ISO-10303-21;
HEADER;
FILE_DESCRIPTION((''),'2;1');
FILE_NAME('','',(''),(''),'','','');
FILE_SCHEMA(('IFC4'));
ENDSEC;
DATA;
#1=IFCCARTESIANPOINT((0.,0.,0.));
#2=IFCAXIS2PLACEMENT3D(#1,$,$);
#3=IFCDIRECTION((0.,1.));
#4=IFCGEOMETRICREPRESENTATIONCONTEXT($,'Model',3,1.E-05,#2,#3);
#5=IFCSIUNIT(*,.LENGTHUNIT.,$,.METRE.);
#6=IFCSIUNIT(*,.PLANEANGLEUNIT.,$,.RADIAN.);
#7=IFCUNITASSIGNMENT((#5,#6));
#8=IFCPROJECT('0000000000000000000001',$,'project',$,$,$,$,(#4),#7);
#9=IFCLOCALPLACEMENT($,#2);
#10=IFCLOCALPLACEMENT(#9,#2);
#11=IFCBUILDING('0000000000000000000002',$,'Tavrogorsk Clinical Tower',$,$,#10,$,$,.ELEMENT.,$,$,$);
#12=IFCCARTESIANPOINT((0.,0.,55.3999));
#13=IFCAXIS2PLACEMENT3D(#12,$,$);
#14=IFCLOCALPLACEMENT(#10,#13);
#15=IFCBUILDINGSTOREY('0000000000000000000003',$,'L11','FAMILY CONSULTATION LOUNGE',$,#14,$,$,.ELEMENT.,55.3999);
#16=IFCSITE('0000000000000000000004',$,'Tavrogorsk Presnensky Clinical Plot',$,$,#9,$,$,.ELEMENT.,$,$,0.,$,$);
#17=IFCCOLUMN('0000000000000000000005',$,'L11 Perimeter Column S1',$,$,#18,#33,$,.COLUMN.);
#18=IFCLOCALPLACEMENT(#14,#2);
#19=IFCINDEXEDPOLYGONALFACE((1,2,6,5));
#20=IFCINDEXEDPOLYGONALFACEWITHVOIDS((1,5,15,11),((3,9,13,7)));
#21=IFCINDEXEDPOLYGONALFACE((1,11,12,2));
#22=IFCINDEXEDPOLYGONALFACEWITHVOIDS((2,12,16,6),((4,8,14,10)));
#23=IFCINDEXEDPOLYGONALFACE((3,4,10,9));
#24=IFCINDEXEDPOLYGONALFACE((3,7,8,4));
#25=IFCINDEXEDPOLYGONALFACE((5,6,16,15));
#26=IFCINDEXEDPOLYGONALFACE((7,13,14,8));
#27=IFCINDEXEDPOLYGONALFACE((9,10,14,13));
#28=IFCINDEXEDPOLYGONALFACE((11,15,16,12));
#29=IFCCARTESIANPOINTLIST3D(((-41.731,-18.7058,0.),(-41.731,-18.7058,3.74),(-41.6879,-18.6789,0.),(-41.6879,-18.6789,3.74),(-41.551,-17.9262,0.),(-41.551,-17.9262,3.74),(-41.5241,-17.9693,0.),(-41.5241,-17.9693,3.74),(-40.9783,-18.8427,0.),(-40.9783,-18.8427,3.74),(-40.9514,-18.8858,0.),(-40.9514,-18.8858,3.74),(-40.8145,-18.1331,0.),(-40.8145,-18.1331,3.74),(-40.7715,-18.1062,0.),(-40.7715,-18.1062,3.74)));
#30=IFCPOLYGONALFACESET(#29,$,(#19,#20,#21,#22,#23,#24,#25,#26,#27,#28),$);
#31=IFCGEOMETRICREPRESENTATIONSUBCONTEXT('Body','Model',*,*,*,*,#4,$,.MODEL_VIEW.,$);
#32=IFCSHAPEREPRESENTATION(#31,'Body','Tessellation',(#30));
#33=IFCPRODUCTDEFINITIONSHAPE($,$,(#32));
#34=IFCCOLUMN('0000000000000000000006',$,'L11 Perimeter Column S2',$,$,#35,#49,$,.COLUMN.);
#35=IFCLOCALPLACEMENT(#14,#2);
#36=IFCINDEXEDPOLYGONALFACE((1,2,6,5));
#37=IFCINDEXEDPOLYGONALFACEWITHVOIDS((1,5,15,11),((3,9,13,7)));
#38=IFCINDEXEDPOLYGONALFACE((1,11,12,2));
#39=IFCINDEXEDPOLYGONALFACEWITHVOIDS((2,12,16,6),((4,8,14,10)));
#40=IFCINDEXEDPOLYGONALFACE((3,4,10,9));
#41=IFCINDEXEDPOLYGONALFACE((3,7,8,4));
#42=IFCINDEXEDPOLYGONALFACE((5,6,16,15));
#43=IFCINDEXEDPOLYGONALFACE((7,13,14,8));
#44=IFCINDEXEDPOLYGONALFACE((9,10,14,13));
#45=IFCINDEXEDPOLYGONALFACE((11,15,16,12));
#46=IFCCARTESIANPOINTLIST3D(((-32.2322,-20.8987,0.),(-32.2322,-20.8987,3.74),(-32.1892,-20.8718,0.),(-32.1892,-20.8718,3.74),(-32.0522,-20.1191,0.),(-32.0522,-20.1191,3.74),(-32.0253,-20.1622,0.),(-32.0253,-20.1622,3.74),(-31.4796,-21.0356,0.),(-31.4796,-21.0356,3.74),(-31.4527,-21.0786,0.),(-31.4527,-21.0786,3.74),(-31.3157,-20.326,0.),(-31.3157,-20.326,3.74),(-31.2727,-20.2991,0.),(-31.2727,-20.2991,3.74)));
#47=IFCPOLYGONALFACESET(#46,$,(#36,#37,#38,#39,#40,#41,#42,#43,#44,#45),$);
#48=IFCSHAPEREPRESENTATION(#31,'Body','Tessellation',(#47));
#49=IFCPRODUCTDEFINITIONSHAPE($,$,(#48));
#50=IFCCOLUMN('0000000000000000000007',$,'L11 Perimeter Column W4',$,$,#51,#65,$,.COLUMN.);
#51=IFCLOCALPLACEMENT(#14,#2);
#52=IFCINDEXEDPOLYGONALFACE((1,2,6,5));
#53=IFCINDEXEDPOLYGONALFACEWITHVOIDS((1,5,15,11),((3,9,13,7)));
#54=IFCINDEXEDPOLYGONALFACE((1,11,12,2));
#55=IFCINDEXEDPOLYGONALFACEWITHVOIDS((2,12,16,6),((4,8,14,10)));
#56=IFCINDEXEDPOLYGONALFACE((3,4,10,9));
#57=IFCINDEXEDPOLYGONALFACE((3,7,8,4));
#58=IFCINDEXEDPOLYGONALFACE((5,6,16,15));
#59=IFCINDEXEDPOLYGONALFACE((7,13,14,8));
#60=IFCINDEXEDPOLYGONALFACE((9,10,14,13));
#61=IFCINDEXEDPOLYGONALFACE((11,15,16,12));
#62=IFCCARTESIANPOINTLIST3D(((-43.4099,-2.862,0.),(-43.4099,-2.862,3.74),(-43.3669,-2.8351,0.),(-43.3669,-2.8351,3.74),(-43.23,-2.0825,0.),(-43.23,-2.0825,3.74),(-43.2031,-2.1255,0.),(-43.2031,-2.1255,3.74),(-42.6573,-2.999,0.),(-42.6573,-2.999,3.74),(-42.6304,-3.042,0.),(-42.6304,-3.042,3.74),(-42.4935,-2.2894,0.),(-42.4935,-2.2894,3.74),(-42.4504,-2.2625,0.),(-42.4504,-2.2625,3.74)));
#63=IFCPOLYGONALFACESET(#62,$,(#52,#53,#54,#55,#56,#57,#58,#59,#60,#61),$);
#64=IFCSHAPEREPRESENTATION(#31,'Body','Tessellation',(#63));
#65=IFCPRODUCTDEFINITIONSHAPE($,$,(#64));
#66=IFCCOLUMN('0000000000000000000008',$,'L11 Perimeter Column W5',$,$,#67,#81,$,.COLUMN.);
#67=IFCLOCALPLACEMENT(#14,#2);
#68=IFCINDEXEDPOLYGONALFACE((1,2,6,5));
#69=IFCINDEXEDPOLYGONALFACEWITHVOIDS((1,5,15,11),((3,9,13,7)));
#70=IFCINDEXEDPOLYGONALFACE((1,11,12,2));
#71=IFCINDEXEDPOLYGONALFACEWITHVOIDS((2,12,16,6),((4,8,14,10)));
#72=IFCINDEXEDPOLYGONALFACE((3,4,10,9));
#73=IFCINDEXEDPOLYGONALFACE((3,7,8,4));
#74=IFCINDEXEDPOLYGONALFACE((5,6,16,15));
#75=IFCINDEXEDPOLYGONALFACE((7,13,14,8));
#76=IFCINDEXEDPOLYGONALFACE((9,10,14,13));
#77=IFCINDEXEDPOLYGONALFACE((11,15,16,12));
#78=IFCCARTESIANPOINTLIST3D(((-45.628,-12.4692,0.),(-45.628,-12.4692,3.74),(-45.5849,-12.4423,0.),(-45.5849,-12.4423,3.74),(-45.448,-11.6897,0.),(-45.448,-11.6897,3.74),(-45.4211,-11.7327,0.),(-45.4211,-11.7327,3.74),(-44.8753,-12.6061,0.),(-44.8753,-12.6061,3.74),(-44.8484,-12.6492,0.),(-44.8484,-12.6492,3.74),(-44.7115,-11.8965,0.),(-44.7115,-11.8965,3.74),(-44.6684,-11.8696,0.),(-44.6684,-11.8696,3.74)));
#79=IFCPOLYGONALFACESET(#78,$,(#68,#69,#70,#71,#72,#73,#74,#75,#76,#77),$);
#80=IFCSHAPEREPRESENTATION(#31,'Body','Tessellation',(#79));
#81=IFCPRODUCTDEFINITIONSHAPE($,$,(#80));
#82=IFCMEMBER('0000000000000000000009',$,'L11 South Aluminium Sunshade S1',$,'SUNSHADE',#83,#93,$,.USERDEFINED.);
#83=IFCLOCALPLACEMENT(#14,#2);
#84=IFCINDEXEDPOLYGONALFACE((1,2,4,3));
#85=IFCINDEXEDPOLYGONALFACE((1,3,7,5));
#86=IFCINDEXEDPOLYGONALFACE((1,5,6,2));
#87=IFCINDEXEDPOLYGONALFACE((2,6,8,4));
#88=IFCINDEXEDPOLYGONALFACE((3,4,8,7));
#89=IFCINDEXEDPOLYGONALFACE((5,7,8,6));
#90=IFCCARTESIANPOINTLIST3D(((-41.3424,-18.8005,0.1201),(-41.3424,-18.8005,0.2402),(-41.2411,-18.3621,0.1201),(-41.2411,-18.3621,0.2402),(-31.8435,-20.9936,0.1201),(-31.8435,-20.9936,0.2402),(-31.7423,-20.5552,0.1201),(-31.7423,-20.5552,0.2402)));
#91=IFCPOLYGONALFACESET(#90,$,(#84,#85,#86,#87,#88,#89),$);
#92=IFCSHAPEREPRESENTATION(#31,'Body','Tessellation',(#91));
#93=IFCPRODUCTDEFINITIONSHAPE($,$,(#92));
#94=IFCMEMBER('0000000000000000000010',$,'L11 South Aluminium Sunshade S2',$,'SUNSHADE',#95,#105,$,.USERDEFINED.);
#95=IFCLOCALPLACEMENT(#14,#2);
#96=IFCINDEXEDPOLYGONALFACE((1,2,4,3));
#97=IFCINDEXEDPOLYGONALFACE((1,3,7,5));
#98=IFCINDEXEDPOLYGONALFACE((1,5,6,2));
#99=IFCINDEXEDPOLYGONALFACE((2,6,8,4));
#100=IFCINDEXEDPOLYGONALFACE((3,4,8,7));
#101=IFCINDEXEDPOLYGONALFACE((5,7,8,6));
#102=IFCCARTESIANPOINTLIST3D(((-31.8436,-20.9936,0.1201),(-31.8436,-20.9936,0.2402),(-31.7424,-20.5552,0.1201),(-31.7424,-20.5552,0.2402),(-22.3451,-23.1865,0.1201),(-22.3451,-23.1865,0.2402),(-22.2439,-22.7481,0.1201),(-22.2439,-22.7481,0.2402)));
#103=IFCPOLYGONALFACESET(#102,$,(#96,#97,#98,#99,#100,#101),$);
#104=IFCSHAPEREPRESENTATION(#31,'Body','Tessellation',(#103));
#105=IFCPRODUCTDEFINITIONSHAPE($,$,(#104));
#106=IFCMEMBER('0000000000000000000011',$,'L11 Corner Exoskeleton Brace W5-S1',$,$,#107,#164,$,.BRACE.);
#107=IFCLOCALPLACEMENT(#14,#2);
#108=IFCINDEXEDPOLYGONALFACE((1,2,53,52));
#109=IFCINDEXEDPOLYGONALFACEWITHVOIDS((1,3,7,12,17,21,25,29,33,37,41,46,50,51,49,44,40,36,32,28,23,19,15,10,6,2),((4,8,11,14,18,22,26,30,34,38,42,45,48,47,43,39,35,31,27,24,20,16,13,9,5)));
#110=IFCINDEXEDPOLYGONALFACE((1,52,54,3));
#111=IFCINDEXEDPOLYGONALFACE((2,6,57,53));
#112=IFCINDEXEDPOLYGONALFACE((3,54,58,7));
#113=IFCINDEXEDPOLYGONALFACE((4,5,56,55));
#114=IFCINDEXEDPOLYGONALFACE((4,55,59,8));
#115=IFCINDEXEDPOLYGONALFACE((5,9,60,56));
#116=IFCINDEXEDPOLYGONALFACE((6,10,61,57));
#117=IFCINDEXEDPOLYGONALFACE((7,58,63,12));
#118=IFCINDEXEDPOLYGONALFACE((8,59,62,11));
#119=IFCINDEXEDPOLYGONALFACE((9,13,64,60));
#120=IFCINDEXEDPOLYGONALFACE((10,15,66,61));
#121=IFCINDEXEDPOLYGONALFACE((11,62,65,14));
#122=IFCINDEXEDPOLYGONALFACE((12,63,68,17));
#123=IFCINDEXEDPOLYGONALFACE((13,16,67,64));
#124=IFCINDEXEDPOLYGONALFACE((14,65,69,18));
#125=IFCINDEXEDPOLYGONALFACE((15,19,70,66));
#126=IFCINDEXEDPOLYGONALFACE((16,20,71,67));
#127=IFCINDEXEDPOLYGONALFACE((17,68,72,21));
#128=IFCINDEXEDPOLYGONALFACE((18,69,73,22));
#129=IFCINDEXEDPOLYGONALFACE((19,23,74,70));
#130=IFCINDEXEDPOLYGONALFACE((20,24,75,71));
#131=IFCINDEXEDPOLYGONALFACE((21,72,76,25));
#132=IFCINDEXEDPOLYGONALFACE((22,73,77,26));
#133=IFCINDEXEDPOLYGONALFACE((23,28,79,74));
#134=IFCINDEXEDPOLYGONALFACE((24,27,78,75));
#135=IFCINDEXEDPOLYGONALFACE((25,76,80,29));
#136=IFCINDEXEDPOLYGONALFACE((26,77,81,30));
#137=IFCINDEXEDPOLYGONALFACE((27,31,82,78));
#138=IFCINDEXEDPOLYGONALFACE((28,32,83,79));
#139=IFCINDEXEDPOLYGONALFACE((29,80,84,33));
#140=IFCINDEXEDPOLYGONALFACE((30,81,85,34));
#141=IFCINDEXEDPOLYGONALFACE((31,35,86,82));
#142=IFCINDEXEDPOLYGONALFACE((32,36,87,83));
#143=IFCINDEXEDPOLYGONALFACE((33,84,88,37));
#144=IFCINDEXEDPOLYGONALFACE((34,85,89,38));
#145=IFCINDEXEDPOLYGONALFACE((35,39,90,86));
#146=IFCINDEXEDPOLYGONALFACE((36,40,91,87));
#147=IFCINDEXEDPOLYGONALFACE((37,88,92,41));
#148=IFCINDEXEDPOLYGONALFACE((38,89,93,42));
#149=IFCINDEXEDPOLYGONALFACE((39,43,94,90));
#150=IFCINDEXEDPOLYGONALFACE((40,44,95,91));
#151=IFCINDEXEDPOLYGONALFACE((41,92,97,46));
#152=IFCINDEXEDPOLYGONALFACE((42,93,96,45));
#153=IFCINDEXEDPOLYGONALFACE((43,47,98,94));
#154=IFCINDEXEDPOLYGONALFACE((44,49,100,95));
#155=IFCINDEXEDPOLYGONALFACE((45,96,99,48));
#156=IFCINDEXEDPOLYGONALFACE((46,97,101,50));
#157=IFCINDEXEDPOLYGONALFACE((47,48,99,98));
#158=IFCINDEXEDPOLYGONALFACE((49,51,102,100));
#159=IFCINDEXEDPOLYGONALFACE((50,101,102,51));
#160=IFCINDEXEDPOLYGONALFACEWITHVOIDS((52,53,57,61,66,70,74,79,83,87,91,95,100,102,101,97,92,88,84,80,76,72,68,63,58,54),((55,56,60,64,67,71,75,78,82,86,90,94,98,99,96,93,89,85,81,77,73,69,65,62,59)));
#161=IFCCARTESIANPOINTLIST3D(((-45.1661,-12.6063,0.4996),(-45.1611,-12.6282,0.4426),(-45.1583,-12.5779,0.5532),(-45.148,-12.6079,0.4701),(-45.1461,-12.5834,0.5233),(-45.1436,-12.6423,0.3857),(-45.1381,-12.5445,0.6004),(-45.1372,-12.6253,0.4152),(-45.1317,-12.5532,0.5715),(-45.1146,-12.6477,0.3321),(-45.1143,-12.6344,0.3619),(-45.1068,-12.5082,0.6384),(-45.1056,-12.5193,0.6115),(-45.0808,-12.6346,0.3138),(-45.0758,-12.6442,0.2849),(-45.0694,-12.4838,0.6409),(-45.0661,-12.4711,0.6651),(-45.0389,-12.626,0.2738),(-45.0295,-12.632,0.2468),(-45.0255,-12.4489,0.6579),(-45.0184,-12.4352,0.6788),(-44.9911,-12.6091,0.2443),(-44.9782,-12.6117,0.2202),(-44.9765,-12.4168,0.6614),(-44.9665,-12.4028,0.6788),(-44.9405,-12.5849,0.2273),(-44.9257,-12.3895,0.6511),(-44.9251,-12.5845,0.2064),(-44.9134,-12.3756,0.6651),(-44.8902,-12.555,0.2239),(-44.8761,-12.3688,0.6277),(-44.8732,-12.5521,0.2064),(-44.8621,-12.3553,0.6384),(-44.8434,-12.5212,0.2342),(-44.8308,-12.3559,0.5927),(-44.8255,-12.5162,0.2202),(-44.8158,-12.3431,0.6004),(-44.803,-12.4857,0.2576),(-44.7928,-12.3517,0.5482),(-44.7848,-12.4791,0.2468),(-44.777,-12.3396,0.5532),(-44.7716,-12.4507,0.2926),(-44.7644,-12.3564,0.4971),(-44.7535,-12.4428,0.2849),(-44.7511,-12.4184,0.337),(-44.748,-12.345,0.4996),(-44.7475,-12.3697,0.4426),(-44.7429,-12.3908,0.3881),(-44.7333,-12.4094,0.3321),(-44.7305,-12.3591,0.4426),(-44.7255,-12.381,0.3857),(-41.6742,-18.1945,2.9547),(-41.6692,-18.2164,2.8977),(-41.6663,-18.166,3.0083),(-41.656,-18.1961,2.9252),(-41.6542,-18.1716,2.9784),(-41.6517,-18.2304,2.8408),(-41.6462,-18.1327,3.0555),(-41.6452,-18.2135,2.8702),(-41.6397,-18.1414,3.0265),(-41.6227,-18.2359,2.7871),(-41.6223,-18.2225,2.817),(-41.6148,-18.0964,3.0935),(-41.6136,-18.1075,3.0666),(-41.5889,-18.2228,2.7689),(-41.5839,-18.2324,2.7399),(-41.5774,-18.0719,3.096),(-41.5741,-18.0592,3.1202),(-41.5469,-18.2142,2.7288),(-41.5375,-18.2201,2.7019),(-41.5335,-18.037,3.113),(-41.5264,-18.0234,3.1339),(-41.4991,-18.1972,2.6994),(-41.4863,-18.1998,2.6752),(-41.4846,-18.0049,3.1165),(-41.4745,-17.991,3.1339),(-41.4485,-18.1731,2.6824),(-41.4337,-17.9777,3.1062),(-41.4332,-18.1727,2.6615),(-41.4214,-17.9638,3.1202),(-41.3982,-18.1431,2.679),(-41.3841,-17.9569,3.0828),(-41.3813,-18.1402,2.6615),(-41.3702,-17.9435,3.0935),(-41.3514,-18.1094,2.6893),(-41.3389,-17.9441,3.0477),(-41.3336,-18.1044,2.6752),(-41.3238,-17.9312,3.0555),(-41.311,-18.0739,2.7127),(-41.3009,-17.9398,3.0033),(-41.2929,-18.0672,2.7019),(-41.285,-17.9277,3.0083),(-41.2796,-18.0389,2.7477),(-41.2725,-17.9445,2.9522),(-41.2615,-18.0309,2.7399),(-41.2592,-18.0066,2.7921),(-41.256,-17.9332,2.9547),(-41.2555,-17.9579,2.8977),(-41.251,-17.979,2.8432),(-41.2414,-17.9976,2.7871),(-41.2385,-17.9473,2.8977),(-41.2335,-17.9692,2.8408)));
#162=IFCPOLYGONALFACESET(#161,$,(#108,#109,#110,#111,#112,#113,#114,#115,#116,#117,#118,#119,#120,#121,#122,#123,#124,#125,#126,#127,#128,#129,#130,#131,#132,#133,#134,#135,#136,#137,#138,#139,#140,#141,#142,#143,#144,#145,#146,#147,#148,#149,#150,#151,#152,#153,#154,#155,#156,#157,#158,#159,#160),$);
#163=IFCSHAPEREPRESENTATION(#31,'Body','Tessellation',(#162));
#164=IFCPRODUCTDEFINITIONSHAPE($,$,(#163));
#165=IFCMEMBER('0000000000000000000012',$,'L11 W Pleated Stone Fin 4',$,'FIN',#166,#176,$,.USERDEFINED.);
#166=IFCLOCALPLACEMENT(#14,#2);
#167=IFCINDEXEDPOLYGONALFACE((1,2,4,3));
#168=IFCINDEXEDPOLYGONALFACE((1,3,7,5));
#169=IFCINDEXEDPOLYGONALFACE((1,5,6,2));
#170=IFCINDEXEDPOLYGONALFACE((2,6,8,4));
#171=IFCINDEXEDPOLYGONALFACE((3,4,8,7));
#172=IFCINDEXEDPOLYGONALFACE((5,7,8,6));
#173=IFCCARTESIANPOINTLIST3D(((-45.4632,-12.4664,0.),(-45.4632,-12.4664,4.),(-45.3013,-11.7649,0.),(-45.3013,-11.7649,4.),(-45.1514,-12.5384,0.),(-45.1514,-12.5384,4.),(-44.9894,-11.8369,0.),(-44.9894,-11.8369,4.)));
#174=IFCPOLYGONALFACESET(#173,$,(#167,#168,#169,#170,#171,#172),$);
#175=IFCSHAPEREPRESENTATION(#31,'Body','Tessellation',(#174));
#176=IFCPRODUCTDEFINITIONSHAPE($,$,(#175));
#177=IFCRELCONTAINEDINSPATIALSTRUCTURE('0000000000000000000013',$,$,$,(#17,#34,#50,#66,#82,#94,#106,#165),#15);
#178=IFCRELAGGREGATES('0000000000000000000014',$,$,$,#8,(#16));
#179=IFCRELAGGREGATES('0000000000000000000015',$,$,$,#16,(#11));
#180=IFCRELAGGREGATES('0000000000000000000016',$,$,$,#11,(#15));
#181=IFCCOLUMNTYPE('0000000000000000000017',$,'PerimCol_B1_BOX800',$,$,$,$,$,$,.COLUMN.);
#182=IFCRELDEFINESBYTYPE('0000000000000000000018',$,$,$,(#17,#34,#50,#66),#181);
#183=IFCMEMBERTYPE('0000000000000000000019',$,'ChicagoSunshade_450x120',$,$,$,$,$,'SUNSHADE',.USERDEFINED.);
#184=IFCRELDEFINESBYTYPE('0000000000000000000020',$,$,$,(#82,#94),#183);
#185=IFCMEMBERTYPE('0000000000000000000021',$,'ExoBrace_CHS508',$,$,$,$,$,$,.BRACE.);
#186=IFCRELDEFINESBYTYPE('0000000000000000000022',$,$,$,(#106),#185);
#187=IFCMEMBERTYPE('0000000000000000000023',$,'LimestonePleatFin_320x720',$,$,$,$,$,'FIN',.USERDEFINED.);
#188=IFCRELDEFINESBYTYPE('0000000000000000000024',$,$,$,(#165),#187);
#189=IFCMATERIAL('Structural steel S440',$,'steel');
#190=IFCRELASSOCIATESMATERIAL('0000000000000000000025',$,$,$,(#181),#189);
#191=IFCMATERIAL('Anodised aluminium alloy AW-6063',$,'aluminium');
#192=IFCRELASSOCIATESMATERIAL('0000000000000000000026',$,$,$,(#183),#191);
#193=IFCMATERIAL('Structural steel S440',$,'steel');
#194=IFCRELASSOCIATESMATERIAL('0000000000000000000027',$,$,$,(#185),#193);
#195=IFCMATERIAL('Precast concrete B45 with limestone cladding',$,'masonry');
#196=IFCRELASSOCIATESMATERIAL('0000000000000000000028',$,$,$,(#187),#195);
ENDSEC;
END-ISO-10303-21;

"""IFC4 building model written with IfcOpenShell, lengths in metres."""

from ifc_helpers import new_model, si_unit, direction, frame, origin, origin_2d, place, context, subcontext, project, spatial, rectangle, hollow_rectangle, hollow_circle, extrude, material, material_profile, profile_set, type_object, element, save


model = new_model("IFC4")

# Units and contexts
model_context = context("Model", 3, precision=1e-05, world=origin(), true_north=direction((0.0, 1.0)))
body_context = subcontext(model_context, "Body", "Model", "MODEL_VIEW")
ifc_project = project(units=[si_unit("LENGTHUNIT", "METRE"), si_unit("PLANEANGLEUNIT", "RADIAN")], contexts=[model_context])

# Site, building, storey
site_placement = place(None, origin())
site = spatial("IfcSite", under=ifc_project, at=site_placement, Name="Tavrogorsk Presnensky Clinical Plot", CompositionType="ELEMENT", RefElevation=0.0)
building_placement = place(site_placement, origin())
building = spatial("IfcBuilding", under=site, at=building_placement, Name="Tavrogorsk Clinical Tower", CompositionType="ELEMENT")
storey_placement = place(building_placement, frame((0.0, 0.0, 55.3999)))
storey = spatial("IfcBuildingStorey", under=building, at=storey_placement, Name="L11", Description="FAMILY CONSULTATION LOUNGE", CompositionType="ELEMENT", Elevation=55.3999)

# Columns
ifc_material_1 = material(Name="Structural steel S440", Category="steel")
ifc_material_profile_1 = material_profile(ifc_material_1, hollow_rectangle(XDim=0.8, YDim=0.8, WallThickness=0.0359, at=origin_2d()), Name="BOX-800x800x36")
ifc_profile_set_1 = profile_set([ifc_material_profile_1], Name="Structural steel S440")
column_type = type_object("IfcColumnType", Name="PerimCol_B1_BOX800", PredefinedType="COLUMN", material=ifc_profile_set_1)
for number, where, z_axis, x_axis, name in (
    (1, (-41.2512, -18.406, 0.0), (0.0, 0.0, 1.0), (0.97437, -0.224951, 0.0), "L11 Perimeter Column S1"),
    (2, (-31.7524, -20.5989, 0.0), (0.0, 0.0, 1.0), (0.97437, -0.224951, 0.0), "L11 Perimeter Column S2"),
    (3, (-42.9302, -2.5623, 0.0), (0.0, 0.0, 1.0), (0.97437, -0.224951, 0.0), "L11 Perimeter Column W4"),
    (4, (-45.1482, -12.1694, 0.0), (0.0, 0.0, 1.0), (0.97437, -0.224951, 0.0), "L11 Perimeter Column W5"),
):
    element("IfcColumn", number, at=place(storey_placement, frame(where, z_axis=z_axis, x_axis=x_axis)), inside=storey, type_object=column_type, Name=name, PredefinedType="COLUMN", context=body_context, shape_type="SweptSolid", body=[
        extrude(hollow_rectangle(XDim=0.8, YDim=0.8, WallThickness=0.0359, at=origin_2d()), origin(), (0.0, 0.0, 1.0), 3.74),
    ])

# Members
ifc_material_2 = material(Name="Anodised aluminium alloy AW-6063", Category="aluminium")
ifc_material_profile_2 = material_profile(ifc_material_2, rectangle(XDim=0.45, YDim=0.1201, at=origin_2d()), Name="ALU-SUNSHADE-450x120")
ifc_profile_set_2 = profile_set([ifc_material_profile_2], Name="Anodised aluminium alloy AW-6063")
member_type_1 = type_object("IfcMemberType", Name="ChicagoSunshade_450x120", ElementType="SUNSHADE", PredefinedType="USERDEFINED", material=ifc_profile_set_2)
member_1_placement = place(storey_placement, frame((-41.2917, -18.5813, 0.1802), z_axis=(0.974367, -0.224966, 0.0), x_axis=(0.224966, 0.974367, 0.0)))
element("IfcMember", 5, at=member_1_placement, inside=storey, type_object=member_type_1, Name="L11 South Aluminium Sunshade S1", ObjectType="SUNSHADE", PredefinedType="USERDEFINED", context=body_context, shape_type="SweptSolid", body=[
    extrude(rectangle(XDim=0.45, YDim=0.1201, at=origin_2d()), origin(), (0.0, 0.0, 1.0), 9.7488),
])
member_2_placement = place(storey_placement, frame((-31.793, -20.7744, 0.1802), z_axis=(0.974371, -0.224947, 0.0), x_axis=(0.224947, 0.974371, 0.0)))
element("IfcMember", 6, at=member_2_placement, inside=storey, type_object=member_type_1, Name="L11 South Aluminium Sunshade S2", ObjectType="SUNSHADE", PredefinedType="USERDEFINED", context=body_context, shape_type="SweptSolid", body=[
    extrude(rectangle(XDim=0.45, YDim=0.1201, at=origin_2d()), origin(), (0.0, 0.0, 1.0), 9.7483),
])
ifc_material_3 = material(Name="Structural steel S440", Category="steel")
ifc_material_profile_3 = material_profile(ifc_material_3, hollow_circle(Radius=0.2539, WallThickness=0.02, at=origin_2d()), Name="CHS-508x20")
ifc_profile_set_3 = profile_set([ifc_material_profile_3], Name="Structural steel S440")
member_type_2 = type_object("IfcMemberType", Name="ExoBrace_CHS508", PredefinedType="BRACE", material=ifc_profile_set_3)
member_3_placement = place(storey_placement, frame((-44.9458, -12.4937, 0.4426), z_axis=(0.496582, -0.794678, 0.349132), x_axis=(0.848042, 0.529929, 0.0)))
element("IfcMember", 7, at=member_3_placement, inside=storey, type_object=member_type_2, Name="L11 Corner Exoskeleton Brace W5-S1", PredefinedType="BRACE", context=body_context, shape_type="SweptSolid", body=[
    extrude(hollow_circle(Radius=0.2539, WallThickness=0.02, at=origin_2d()), origin(), (0.0, 0.0, 1.0), 7.032),
])
ifc_material_4 = material(Name="Precast concrete B45 with limestone cladding", Category="masonry")
ifc_material_profile_4 = material_profile(ifc_material_4, rectangle(XDim=0.3201, YDim=0.72, at=origin_2d()), Name="LIMESTONE-FIN-320x720")
ifc_profile_set_4 = profile_set([ifc_material_profile_4], Name="Precast concrete B45 with limestone cladding")
member_type_3 = type_object("IfcMemberType", Name="LimestonePleatFin_320x720", ElementType="FIN", PredefinedType="USERDEFINED", material=ifc_profile_set_4)
member_4_placement = place(storey_placement, frame((-45.2263, -12.1516, 0.0), z_axis=(0.0, 0.0, 1.0), x_axis=(0.97437, -0.224951, 0.0)))
element("IfcMember", 8, at=member_4_placement, inside=storey, type_object=member_type_3, Name="L11 W Pleated Stone Fin 4", ObjectType="FIN", PredefinedType="USERDEFINED", context=body_context, shape_type="SweptSolid", body=[
    extrude(rectangle(XDim=0.3201, YDim=0.72, at=origin_2d()), origin(), (0.0, 0.0, 1.0), 4.0),
])

save(model, "model.ifc")
